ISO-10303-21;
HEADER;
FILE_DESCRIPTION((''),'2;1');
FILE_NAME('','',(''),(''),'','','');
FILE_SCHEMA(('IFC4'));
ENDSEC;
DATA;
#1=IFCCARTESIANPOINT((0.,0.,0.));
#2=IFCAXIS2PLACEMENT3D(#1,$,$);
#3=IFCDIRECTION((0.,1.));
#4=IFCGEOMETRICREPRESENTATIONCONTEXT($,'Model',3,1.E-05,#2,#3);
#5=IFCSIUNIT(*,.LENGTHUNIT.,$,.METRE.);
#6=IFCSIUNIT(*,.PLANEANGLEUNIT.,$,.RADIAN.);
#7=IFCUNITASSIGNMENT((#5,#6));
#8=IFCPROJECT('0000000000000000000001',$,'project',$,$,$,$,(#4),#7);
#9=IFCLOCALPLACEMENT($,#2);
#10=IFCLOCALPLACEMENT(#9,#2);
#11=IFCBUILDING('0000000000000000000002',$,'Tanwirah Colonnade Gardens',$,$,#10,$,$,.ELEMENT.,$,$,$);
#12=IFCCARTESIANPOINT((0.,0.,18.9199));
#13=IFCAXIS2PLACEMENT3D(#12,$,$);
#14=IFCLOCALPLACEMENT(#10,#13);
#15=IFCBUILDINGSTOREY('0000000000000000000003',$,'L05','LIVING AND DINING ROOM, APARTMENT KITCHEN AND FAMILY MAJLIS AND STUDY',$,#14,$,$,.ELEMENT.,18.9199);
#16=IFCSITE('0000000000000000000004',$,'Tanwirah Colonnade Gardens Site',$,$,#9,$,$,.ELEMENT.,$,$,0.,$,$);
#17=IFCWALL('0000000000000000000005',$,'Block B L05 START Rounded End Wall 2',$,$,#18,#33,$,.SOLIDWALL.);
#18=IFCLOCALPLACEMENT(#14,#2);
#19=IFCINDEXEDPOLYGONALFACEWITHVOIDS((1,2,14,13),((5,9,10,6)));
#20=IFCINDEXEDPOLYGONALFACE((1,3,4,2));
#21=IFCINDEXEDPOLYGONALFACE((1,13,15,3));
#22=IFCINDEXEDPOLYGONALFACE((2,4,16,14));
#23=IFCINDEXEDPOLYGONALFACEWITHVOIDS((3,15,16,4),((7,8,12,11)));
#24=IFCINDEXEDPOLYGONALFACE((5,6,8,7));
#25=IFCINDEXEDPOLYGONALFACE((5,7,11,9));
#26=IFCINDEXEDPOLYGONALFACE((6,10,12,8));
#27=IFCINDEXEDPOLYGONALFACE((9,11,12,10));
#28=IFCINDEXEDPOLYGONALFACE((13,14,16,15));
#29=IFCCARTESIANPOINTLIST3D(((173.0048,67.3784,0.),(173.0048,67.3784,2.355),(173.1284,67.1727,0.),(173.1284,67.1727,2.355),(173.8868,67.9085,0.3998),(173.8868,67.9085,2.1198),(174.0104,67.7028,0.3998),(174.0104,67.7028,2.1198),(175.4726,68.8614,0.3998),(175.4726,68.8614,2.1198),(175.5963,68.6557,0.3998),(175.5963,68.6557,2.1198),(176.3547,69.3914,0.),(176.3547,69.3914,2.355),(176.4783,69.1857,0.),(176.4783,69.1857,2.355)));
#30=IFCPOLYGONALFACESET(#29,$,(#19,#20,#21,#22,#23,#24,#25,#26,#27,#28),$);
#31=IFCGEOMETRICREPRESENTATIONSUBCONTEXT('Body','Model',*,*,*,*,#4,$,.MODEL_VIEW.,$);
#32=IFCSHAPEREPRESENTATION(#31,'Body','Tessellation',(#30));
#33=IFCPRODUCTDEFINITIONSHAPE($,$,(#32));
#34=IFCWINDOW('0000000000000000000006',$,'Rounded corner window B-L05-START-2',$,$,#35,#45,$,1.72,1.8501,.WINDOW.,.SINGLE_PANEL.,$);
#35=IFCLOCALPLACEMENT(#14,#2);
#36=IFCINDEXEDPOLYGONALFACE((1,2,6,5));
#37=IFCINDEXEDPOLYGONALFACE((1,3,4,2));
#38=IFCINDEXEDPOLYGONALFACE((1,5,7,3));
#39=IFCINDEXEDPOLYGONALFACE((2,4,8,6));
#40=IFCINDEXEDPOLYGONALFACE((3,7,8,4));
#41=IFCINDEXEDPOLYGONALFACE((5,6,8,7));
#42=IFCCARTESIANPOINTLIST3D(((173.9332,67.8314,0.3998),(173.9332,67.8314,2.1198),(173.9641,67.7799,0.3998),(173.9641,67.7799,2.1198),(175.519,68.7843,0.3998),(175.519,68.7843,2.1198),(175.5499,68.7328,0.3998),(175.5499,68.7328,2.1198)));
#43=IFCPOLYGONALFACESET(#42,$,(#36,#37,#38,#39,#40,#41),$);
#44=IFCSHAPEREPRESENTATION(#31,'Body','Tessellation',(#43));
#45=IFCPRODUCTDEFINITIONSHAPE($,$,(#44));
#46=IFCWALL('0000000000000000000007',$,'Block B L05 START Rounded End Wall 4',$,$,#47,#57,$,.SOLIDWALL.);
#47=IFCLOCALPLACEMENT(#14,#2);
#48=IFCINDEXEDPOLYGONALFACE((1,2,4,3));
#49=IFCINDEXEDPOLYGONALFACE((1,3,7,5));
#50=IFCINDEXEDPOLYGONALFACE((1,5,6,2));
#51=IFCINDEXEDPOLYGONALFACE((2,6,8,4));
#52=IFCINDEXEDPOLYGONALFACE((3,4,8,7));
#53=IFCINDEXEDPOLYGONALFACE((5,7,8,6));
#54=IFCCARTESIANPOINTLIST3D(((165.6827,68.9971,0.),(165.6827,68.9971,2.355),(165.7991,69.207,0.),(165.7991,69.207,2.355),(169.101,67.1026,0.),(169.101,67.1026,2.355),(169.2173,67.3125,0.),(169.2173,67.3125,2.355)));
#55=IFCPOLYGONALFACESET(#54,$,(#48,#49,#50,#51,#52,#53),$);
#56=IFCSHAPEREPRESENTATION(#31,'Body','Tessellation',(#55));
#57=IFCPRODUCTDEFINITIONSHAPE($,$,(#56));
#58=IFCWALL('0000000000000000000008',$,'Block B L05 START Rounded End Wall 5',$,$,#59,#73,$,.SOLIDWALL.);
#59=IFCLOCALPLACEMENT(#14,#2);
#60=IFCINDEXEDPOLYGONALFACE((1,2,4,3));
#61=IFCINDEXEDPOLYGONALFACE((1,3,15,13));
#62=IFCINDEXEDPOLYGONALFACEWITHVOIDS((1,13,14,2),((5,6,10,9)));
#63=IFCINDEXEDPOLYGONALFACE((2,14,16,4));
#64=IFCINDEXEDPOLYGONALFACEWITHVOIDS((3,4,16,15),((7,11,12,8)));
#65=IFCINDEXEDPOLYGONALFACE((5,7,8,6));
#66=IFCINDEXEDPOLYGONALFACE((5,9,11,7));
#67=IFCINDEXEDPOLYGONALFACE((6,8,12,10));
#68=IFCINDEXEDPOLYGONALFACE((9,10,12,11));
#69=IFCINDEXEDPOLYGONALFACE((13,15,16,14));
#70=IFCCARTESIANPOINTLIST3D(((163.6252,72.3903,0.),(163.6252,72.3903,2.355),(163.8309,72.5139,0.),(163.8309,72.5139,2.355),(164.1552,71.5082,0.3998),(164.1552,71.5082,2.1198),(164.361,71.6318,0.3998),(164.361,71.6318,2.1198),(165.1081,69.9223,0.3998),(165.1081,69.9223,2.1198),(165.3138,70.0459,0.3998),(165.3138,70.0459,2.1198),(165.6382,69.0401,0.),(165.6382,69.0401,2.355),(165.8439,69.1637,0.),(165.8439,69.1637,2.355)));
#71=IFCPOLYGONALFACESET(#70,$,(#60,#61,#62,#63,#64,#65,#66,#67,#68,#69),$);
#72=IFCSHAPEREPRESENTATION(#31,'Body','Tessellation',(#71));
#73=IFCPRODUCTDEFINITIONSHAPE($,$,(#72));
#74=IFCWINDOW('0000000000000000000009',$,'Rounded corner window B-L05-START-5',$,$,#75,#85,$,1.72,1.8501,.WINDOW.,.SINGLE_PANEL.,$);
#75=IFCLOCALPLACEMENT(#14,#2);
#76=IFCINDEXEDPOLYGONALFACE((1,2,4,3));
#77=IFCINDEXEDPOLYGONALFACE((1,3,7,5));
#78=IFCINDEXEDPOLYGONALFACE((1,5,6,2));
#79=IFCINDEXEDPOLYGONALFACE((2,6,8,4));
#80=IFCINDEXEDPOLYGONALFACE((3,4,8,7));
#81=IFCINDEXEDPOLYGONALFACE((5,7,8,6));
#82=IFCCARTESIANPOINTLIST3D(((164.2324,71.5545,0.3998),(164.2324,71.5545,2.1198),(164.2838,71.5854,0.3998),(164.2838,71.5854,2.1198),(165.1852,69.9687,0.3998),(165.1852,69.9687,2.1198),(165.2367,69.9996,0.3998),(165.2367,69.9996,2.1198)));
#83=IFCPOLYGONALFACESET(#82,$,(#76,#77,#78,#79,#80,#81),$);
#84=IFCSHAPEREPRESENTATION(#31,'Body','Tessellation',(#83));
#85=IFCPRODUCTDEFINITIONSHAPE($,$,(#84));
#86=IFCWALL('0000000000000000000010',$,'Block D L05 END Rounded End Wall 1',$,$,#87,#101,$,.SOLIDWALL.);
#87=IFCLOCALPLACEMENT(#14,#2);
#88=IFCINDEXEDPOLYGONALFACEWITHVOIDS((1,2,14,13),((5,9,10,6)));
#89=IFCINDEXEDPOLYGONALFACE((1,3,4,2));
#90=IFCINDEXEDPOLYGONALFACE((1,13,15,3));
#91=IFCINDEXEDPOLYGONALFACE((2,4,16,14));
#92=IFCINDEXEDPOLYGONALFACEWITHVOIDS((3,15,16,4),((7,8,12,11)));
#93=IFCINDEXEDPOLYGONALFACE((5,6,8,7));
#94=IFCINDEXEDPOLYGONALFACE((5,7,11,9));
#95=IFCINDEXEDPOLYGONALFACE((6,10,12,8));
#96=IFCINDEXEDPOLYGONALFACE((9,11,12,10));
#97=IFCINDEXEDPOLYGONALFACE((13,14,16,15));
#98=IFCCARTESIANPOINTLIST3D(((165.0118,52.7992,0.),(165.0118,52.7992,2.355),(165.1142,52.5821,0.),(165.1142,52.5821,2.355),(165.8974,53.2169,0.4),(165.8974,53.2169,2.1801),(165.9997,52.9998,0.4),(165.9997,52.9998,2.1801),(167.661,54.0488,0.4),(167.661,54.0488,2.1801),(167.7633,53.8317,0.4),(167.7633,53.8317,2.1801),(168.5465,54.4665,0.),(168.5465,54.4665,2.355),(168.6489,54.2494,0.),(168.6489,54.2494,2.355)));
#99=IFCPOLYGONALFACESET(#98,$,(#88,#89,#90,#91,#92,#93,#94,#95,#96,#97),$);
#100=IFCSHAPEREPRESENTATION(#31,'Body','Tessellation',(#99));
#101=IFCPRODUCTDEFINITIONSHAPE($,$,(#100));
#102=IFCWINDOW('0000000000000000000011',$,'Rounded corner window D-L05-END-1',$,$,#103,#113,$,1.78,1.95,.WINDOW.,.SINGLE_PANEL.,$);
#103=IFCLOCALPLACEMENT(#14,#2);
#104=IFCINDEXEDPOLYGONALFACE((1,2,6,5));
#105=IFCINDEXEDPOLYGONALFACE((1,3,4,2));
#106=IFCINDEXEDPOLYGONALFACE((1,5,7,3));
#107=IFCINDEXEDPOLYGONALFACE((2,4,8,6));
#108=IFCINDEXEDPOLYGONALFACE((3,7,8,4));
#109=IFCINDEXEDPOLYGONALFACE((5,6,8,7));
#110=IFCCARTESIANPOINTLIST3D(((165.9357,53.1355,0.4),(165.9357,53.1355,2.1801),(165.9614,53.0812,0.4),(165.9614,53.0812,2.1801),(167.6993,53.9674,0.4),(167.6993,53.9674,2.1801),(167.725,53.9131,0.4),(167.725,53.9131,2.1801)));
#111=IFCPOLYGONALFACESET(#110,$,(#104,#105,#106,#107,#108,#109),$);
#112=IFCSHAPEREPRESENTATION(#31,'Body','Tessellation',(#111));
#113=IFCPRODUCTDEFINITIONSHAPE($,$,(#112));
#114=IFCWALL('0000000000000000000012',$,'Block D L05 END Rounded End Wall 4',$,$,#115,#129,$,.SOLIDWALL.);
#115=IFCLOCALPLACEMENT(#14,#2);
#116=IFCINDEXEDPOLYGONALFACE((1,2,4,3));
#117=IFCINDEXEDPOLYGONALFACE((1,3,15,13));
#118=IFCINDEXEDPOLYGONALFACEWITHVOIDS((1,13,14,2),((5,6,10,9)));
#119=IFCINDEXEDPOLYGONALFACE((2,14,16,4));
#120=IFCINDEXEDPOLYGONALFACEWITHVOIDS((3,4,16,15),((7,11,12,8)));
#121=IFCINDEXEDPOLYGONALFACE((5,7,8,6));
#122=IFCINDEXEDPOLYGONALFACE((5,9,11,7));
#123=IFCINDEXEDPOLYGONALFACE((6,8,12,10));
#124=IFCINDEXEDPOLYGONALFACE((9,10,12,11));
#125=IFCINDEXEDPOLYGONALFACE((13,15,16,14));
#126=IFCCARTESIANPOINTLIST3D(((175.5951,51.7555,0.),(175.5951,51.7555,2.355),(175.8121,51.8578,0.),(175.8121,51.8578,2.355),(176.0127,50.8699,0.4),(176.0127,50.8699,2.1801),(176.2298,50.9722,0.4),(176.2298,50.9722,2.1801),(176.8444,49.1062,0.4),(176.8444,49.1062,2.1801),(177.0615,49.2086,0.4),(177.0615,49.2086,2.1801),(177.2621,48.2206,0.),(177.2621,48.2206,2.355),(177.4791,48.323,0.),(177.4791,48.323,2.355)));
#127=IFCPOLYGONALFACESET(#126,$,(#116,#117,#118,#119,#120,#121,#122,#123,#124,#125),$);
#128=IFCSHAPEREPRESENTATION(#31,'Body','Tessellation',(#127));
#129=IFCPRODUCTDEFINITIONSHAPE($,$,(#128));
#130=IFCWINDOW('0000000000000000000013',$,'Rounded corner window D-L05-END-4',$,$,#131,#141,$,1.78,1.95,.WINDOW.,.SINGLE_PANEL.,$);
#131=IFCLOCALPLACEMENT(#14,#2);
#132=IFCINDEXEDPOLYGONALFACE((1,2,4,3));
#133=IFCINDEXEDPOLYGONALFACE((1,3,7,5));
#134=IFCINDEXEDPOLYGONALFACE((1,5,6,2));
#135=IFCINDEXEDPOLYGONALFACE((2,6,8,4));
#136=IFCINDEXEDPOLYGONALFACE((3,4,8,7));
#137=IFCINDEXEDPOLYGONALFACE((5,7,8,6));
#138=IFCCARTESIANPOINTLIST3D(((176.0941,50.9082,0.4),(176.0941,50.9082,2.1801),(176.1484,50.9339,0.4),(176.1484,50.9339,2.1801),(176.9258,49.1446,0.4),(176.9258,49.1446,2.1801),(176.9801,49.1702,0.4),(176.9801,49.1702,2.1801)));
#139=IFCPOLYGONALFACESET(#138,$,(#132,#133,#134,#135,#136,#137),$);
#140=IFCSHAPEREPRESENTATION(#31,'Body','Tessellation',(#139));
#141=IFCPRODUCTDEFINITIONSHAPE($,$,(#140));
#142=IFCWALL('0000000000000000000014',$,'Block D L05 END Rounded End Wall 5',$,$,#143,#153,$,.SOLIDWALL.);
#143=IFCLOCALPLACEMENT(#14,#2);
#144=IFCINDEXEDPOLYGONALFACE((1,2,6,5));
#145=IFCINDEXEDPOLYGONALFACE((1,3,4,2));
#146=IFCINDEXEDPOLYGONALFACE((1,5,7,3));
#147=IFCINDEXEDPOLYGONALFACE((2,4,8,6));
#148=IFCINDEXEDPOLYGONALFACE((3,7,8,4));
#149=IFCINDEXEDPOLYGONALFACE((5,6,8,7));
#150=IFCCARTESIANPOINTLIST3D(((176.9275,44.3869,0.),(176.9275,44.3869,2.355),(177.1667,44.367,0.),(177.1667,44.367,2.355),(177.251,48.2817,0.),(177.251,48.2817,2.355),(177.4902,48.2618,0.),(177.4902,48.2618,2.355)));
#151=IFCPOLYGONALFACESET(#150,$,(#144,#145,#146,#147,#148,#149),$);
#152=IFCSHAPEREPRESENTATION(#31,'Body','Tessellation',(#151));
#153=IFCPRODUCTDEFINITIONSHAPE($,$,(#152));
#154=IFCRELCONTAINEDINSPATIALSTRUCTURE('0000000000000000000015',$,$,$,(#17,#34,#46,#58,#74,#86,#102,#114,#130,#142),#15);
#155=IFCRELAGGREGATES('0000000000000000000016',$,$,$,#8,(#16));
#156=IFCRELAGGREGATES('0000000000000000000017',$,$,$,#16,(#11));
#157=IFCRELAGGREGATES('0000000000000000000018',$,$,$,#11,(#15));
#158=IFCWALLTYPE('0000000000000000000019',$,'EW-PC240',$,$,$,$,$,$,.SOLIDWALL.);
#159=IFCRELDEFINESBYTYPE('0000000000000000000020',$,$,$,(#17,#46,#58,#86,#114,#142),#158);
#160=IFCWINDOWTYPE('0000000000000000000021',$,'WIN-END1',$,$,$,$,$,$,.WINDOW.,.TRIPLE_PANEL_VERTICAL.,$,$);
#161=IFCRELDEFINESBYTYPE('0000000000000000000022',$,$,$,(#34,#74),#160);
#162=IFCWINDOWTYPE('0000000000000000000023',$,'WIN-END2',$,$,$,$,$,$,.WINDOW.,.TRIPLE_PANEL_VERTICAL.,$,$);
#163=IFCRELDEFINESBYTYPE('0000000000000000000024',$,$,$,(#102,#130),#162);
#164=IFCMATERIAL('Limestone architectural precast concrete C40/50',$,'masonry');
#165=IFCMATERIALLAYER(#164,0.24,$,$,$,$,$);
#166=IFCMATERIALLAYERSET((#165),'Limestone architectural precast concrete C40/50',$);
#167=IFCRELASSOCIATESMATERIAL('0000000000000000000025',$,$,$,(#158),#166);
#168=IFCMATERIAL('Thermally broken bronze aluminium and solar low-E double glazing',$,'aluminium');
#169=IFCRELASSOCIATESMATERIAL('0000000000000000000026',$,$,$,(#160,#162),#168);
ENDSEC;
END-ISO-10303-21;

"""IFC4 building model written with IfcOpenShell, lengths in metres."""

from ifc_helpers import new_model, si_unit, direction, frame, frame_2d, origin, place, context, subcontext, project, spatial, rectangle, extrude, material, layer, layer_set, type_object, element, fill, save


model = new_model("IFC4")

# Units and contexts
model_context = context("Model", 3, precision=1e-05, world=origin(), true_north=direction((0.0, 1.0)))
body_context = subcontext(model_context, "Body", "Model", "MODEL_VIEW")
ifc_project = project(units=[si_unit("LENGTHUNIT", "METRE"), si_unit("PLANEANGLEUNIT", "RADIAN")], contexts=[model_context])

# Site, building, storey
site_placement = place(None, origin())
site = spatial("IfcSite", under=ifc_project, at=site_placement, Name="Tanwirah Colonnade Gardens Site", CompositionType="ELEMENT", RefElevation=0.0)
building_placement = place(site_placement, origin())
building = spatial("IfcBuilding", under=site, at=building_placement, Name="Tanwirah Colonnade Gardens", CompositionType="ELEMENT")
storey_placement = place(building_placement, frame((0.0, 0.0, 18.9199)))
storey = spatial("IfcBuildingStorey", under=building, at=storey_placement, Name="L05", Description="LIVING AND DINING ROOM, APARTMENT KITCHEN AND FAMILY MAJLIS AND STUDY", CompositionType="ELEMENT", Elevation=18.9199)

# Shared definitions
ifc_material_1 = material(Name="Limestone architectural precast concrete C40/50", Category="masonry")
ifc_layer = layer(ifc_material_1, 0.24)
ifc_layer_set = layer_set([ifc_layer], Name="Limestone architectural precast concrete C40/50")
wall_type = type_object("IfcWallType", Name="EW-PC240", PredefinedType="SOLIDWALL", material=ifc_layer_set)
ifc_material_2 = material(Name="Thermally broken bronze aluminium and solar low-E double glazing", Category="aluminium")

# Wall, opening, window
wall_1_placement = place(storey_placement, frame((176.4165, 69.2886, 0.0), z_axis=(0.0, 0.0, 1.0), x_axis=(-0.857151, -0.515065, 0.0)))
wall_1 = element("IfcWall", 1, at=wall_1_placement, inside=storey, type_object=wall_type, Name="Block B L05 START Rounded End Wall 2", PredefinedType="SOLIDWALL", context=body_context, shape_type="SweptSolid", body=[
    extrude(rectangle(XDim=3.9082, YDim=0.24, at=frame_2d((1.9541, 0.0))), origin(), (0.0, 0.0, 1.0), 2.355),
])
opening_1_placement = place(wall_1_placement, frame((1.0291, 0.0, 0.3999)))
opening_1 = element("IfcOpeningElement", 2, at=opening_1_placement, cuts=wall_1, PredefinedType="OPENING", context=body_context, shape_type="SweptSolid", body=[
    extrude(rectangle(XDim=1.8501, YDim=1.72, at=frame_2d((0.925, 0.8599))), frame((0.0, 0.1299, 0.0), z_axis=(0.0, -1.0, 0.0), x_axis=(1.0, 0.0, 0.0)), (0.0, 0.0, 1.0), 0.26),
])
window_type_1 = type_object("IfcWindowType", Name="WIN-END1", PartitioningType="TRIPLE_PANEL_VERTICAL", PredefinedType="WINDOW", material=ifc_material_2)
window_1_placement = place(opening_1_placement, origin())
window_1 = element("IfcWindow", 3, at=window_1_placement, inside=storey, type_object=window_type_1, Name="Rounded corner window B-L05-START-2", OverallHeight=1.72, OverallWidth=1.8501, PartitioningType="SINGLE_PANEL", PredefinedType="WINDOW", context=body_context, shape_type="SweptSolid", body=[
    extrude(rectangle(XDim=1.8501, YDim=1.72, at=frame_2d((0.925, 0.8599))), frame((0.0, 0.03, 0.0), z_axis=(0.0, -1.0, 0.0), x_axis=(1.0, 0.0, 0.0)), (0.0, 0.0, 1.0), 0.0601),
])
fill(opening_1, window_1)

# Wall
wall_2_placement = place(storey_placement, frame((169.1592, 67.2075, 0.0), z_axis=(0.0, 0.0, 1.0), x_axis=(-0.874643, 0.484768, 0.0)))
element("IfcWall", 4, at=wall_2_placement, inside=storey, type_object=wall_type, Name="Block B L05 START Rounded End Wall 4", PredefinedType="SOLIDWALL", context=body_context, shape_type="SweptSolid", body=[
    extrude(rectangle(XDim=3.9082, YDim=0.24, at=frame_2d((1.9541, 0.0))), origin(), (0.0, 0.0, 1.0), 2.355),
])

# Walls, openings, windows
wall_3_placement = place(storey_placement, frame((165.741, 69.1021, 0.0), z_axis=(0.0, 0.0, 1.0), x_axis=(-0.515038, 0.857168, 0.0)))
wall_3 = element("IfcWall", 5, at=wall_3_placement, inside=storey, type_object=wall_type, Name="Block B L05 START Rounded End Wall 5", PredefinedType="SOLIDWALL", context=body_context, shape_type="SweptSolid", body=[
    extrude(rectangle(XDim=3.9084, YDim=0.24, at=frame_2d((1.9541, 0.0))), origin(), (0.0, 0.0, 1.0), 2.355),
])
opening_2_placement = place(wall_3_placement, frame((1.0291, 0.0, 0.3999)))
opening_2 = element("IfcOpeningElement", 6, at=opening_2_placement, cuts=wall_3, PredefinedType="OPENING", context=body_context, shape_type="SweptSolid", body=[
    extrude(rectangle(XDim=1.8501, YDim=1.72, at=frame_2d((0.925, 0.8599))), frame((0.0, 0.1299, 0.0), z_axis=(0.0, -1.0, 0.0), x_axis=(1.0, 0.0, 0.0)), (0.0, 0.0, 1.0), 0.26),
])
window_2_placement = place(opening_2_placement, origin())
window_2 = element("IfcWindow", 7, at=window_2_placement, inside=storey, type_object=window_type_1, Name="Rounded corner window B-L05-START-5", OverallHeight=1.72, OverallWidth=1.8501, PartitioningType="SINGLE_PANEL", PredefinedType="WINDOW", context=body_context, shape_type="SweptSolid", body=[
    extrude(rectangle(XDim=1.8501, YDim=1.72, at=frame_2d((0.925, 0.8599))), frame((0.0, 0.03, 0.0), z_axis=(0.0, -1.0, 0.0), x_axis=(1.0, 0.0, 0.0)), (0.0, 0.0, 1.0), 0.0601),
])
fill(opening_2, window_2)
wall_4_placement = place(storey_placement, frame((165.063, 52.6907, 0.0), z_axis=(0.0, 0.0, 1.0), x_axis=(0.904438, 0.426606, 0.0)))
wall_4 = element("IfcWall", 8, at=wall_4_placement, inside=storey, type_object=wall_type, Name="Block D L05 END Rounded End Wall 1", PredefinedType="SOLIDWALL", context=body_context, shape_type="SweptSolid", body=[
    extrude(rectangle(XDim=3.9082, YDim=0.24, at=frame_2d((1.9541, 0.0))), origin(), (0.0, 0.0, 1.0), 2.355),
])
opening_3_placement = place(wall_4_placement, frame((0.979, 0.0, 0.3999)))
opening_3 = element("IfcOpeningElement", 9, at=opening_3_placement, cuts=wall_4, PredefinedType="OPENING", context=body_context, shape_type="SweptSolid", body=[
    extrude(rectangle(XDim=1.95, YDim=1.78, at=frame_2d((0.9751, 0.8901))), frame((0.0, 0.1299, 0.0), z_axis=(0.0, -1.0, 0.0), x_axis=(1.0, 0.0, 0.0)), (0.0, 0.0, 1.0), 0.26),
])
window_type_2 = type_object("IfcWindowType", Name="WIN-END2", PartitioningType="TRIPLE_PANEL_VERTICAL", PredefinedType="WINDOW", material=ifc_material_2)
window_3_placement = place(opening_3_placement, origin())
window_3 = element("IfcWindow", 10, at=window_3_placement, inside=storey, type_object=window_type_2, Name="Rounded corner window D-L05-END-1", OverallHeight=1.78, OverallWidth=1.95, PartitioningType="SINGLE_PANEL", PredefinedType="WINDOW", context=body_context, shape_type="SweptSolid", body=[
    extrude(rectangle(XDim=1.95, YDim=1.78, at=frame_2d((0.9751, 0.8901))), frame((0.0, 0.03, 0.0), z_axis=(0.0, -1.0, 0.0), x_axis=(1.0, 0.0, 0.0)), (0.0, 0.0, 1.0), 0.0601),
])
fill(opening_3, window_3)

# Wall, opening, window
wall_5_placement = place(storey_placement, frame((175.7036, 51.8066, 0.0), z_axis=(0.0, 0.0, 1.0), x_axis=(0.426531, -0.904473, 0.0)))
wall_5 = element("IfcWall", 11, at=wall_5_placement, inside=storey, type_object=wall_type, Name="Block D L05 END Rounded End Wall 4", PredefinedType="SOLIDWALL", context=body_context, shape_type="SweptSolid", body=[
    extrude(rectangle(XDim=3.9082, YDim=0.24, at=frame_2d((1.9541, 0.0))), origin(), (0.0, 0.0, 1.0), 2.355),
])
opening_4_placement = place(wall_5_placement, frame((0.979, 0.0, 0.3999)))
opening_4 = element("IfcOpeningElement", 12, at=opening_4_placement, cuts=wall_5, PredefinedType="OPENING", context=body_context, shape_type="SweptSolid", body=[
    extrude(rectangle(XDim=1.95, YDim=1.78, at=frame_2d((0.9751, 0.8901))), frame((0.0, 0.1299, 0.0), z_axis=(0.0, -1.0, 0.0), x_axis=(1.0, 0.0, 0.0)), (0.0, 0.0, 1.0), 0.26),
])
window_4_placement = place(opening_4_placement, origin())
window_4 = element("IfcWindow", 13, at=window_4_placement, inside=storey, type_object=window_type_2, Name="Rounded corner window D-L05-END-4", OverallHeight=1.78, OverallWidth=1.95, PartitioningType="SINGLE_PANEL", PredefinedType="WINDOW", context=body_context, shape_type="SweptSolid", body=[
    extrude(rectangle(XDim=1.95, YDim=1.78, at=frame_2d((0.9751, 0.8901))), frame((0.0, 0.03, 0.0), z_axis=(0.0, -1.0, 0.0), x_axis=(1.0, 0.0, 0.0)), (0.0, 0.0, 1.0), 0.0601),
])
fill(opening_4, window_4)

# Wall
wall_6_placement = place(storey_placement, frame((177.3706, 48.2717, 0.0), z_axis=(0.0, 0.0, 1.0), x_axis=(-0.082771, -0.996569, 0.0)))
element("IfcWall", 14, at=wall_6_placement, inside=storey, type_object=wall_type, Name="Block D L05 END Rounded End Wall 5", PredefinedType="SOLIDWALL", context=body_context, shape_type="SweptSolid", body=[
    extrude(rectangle(XDim=3.9082, YDim=0.24, at=frame_2d((1.9541, 0.0))), origin(), (0.0, 0.0, 1.0), 2.355),
])

save(model, "model.ifc")
